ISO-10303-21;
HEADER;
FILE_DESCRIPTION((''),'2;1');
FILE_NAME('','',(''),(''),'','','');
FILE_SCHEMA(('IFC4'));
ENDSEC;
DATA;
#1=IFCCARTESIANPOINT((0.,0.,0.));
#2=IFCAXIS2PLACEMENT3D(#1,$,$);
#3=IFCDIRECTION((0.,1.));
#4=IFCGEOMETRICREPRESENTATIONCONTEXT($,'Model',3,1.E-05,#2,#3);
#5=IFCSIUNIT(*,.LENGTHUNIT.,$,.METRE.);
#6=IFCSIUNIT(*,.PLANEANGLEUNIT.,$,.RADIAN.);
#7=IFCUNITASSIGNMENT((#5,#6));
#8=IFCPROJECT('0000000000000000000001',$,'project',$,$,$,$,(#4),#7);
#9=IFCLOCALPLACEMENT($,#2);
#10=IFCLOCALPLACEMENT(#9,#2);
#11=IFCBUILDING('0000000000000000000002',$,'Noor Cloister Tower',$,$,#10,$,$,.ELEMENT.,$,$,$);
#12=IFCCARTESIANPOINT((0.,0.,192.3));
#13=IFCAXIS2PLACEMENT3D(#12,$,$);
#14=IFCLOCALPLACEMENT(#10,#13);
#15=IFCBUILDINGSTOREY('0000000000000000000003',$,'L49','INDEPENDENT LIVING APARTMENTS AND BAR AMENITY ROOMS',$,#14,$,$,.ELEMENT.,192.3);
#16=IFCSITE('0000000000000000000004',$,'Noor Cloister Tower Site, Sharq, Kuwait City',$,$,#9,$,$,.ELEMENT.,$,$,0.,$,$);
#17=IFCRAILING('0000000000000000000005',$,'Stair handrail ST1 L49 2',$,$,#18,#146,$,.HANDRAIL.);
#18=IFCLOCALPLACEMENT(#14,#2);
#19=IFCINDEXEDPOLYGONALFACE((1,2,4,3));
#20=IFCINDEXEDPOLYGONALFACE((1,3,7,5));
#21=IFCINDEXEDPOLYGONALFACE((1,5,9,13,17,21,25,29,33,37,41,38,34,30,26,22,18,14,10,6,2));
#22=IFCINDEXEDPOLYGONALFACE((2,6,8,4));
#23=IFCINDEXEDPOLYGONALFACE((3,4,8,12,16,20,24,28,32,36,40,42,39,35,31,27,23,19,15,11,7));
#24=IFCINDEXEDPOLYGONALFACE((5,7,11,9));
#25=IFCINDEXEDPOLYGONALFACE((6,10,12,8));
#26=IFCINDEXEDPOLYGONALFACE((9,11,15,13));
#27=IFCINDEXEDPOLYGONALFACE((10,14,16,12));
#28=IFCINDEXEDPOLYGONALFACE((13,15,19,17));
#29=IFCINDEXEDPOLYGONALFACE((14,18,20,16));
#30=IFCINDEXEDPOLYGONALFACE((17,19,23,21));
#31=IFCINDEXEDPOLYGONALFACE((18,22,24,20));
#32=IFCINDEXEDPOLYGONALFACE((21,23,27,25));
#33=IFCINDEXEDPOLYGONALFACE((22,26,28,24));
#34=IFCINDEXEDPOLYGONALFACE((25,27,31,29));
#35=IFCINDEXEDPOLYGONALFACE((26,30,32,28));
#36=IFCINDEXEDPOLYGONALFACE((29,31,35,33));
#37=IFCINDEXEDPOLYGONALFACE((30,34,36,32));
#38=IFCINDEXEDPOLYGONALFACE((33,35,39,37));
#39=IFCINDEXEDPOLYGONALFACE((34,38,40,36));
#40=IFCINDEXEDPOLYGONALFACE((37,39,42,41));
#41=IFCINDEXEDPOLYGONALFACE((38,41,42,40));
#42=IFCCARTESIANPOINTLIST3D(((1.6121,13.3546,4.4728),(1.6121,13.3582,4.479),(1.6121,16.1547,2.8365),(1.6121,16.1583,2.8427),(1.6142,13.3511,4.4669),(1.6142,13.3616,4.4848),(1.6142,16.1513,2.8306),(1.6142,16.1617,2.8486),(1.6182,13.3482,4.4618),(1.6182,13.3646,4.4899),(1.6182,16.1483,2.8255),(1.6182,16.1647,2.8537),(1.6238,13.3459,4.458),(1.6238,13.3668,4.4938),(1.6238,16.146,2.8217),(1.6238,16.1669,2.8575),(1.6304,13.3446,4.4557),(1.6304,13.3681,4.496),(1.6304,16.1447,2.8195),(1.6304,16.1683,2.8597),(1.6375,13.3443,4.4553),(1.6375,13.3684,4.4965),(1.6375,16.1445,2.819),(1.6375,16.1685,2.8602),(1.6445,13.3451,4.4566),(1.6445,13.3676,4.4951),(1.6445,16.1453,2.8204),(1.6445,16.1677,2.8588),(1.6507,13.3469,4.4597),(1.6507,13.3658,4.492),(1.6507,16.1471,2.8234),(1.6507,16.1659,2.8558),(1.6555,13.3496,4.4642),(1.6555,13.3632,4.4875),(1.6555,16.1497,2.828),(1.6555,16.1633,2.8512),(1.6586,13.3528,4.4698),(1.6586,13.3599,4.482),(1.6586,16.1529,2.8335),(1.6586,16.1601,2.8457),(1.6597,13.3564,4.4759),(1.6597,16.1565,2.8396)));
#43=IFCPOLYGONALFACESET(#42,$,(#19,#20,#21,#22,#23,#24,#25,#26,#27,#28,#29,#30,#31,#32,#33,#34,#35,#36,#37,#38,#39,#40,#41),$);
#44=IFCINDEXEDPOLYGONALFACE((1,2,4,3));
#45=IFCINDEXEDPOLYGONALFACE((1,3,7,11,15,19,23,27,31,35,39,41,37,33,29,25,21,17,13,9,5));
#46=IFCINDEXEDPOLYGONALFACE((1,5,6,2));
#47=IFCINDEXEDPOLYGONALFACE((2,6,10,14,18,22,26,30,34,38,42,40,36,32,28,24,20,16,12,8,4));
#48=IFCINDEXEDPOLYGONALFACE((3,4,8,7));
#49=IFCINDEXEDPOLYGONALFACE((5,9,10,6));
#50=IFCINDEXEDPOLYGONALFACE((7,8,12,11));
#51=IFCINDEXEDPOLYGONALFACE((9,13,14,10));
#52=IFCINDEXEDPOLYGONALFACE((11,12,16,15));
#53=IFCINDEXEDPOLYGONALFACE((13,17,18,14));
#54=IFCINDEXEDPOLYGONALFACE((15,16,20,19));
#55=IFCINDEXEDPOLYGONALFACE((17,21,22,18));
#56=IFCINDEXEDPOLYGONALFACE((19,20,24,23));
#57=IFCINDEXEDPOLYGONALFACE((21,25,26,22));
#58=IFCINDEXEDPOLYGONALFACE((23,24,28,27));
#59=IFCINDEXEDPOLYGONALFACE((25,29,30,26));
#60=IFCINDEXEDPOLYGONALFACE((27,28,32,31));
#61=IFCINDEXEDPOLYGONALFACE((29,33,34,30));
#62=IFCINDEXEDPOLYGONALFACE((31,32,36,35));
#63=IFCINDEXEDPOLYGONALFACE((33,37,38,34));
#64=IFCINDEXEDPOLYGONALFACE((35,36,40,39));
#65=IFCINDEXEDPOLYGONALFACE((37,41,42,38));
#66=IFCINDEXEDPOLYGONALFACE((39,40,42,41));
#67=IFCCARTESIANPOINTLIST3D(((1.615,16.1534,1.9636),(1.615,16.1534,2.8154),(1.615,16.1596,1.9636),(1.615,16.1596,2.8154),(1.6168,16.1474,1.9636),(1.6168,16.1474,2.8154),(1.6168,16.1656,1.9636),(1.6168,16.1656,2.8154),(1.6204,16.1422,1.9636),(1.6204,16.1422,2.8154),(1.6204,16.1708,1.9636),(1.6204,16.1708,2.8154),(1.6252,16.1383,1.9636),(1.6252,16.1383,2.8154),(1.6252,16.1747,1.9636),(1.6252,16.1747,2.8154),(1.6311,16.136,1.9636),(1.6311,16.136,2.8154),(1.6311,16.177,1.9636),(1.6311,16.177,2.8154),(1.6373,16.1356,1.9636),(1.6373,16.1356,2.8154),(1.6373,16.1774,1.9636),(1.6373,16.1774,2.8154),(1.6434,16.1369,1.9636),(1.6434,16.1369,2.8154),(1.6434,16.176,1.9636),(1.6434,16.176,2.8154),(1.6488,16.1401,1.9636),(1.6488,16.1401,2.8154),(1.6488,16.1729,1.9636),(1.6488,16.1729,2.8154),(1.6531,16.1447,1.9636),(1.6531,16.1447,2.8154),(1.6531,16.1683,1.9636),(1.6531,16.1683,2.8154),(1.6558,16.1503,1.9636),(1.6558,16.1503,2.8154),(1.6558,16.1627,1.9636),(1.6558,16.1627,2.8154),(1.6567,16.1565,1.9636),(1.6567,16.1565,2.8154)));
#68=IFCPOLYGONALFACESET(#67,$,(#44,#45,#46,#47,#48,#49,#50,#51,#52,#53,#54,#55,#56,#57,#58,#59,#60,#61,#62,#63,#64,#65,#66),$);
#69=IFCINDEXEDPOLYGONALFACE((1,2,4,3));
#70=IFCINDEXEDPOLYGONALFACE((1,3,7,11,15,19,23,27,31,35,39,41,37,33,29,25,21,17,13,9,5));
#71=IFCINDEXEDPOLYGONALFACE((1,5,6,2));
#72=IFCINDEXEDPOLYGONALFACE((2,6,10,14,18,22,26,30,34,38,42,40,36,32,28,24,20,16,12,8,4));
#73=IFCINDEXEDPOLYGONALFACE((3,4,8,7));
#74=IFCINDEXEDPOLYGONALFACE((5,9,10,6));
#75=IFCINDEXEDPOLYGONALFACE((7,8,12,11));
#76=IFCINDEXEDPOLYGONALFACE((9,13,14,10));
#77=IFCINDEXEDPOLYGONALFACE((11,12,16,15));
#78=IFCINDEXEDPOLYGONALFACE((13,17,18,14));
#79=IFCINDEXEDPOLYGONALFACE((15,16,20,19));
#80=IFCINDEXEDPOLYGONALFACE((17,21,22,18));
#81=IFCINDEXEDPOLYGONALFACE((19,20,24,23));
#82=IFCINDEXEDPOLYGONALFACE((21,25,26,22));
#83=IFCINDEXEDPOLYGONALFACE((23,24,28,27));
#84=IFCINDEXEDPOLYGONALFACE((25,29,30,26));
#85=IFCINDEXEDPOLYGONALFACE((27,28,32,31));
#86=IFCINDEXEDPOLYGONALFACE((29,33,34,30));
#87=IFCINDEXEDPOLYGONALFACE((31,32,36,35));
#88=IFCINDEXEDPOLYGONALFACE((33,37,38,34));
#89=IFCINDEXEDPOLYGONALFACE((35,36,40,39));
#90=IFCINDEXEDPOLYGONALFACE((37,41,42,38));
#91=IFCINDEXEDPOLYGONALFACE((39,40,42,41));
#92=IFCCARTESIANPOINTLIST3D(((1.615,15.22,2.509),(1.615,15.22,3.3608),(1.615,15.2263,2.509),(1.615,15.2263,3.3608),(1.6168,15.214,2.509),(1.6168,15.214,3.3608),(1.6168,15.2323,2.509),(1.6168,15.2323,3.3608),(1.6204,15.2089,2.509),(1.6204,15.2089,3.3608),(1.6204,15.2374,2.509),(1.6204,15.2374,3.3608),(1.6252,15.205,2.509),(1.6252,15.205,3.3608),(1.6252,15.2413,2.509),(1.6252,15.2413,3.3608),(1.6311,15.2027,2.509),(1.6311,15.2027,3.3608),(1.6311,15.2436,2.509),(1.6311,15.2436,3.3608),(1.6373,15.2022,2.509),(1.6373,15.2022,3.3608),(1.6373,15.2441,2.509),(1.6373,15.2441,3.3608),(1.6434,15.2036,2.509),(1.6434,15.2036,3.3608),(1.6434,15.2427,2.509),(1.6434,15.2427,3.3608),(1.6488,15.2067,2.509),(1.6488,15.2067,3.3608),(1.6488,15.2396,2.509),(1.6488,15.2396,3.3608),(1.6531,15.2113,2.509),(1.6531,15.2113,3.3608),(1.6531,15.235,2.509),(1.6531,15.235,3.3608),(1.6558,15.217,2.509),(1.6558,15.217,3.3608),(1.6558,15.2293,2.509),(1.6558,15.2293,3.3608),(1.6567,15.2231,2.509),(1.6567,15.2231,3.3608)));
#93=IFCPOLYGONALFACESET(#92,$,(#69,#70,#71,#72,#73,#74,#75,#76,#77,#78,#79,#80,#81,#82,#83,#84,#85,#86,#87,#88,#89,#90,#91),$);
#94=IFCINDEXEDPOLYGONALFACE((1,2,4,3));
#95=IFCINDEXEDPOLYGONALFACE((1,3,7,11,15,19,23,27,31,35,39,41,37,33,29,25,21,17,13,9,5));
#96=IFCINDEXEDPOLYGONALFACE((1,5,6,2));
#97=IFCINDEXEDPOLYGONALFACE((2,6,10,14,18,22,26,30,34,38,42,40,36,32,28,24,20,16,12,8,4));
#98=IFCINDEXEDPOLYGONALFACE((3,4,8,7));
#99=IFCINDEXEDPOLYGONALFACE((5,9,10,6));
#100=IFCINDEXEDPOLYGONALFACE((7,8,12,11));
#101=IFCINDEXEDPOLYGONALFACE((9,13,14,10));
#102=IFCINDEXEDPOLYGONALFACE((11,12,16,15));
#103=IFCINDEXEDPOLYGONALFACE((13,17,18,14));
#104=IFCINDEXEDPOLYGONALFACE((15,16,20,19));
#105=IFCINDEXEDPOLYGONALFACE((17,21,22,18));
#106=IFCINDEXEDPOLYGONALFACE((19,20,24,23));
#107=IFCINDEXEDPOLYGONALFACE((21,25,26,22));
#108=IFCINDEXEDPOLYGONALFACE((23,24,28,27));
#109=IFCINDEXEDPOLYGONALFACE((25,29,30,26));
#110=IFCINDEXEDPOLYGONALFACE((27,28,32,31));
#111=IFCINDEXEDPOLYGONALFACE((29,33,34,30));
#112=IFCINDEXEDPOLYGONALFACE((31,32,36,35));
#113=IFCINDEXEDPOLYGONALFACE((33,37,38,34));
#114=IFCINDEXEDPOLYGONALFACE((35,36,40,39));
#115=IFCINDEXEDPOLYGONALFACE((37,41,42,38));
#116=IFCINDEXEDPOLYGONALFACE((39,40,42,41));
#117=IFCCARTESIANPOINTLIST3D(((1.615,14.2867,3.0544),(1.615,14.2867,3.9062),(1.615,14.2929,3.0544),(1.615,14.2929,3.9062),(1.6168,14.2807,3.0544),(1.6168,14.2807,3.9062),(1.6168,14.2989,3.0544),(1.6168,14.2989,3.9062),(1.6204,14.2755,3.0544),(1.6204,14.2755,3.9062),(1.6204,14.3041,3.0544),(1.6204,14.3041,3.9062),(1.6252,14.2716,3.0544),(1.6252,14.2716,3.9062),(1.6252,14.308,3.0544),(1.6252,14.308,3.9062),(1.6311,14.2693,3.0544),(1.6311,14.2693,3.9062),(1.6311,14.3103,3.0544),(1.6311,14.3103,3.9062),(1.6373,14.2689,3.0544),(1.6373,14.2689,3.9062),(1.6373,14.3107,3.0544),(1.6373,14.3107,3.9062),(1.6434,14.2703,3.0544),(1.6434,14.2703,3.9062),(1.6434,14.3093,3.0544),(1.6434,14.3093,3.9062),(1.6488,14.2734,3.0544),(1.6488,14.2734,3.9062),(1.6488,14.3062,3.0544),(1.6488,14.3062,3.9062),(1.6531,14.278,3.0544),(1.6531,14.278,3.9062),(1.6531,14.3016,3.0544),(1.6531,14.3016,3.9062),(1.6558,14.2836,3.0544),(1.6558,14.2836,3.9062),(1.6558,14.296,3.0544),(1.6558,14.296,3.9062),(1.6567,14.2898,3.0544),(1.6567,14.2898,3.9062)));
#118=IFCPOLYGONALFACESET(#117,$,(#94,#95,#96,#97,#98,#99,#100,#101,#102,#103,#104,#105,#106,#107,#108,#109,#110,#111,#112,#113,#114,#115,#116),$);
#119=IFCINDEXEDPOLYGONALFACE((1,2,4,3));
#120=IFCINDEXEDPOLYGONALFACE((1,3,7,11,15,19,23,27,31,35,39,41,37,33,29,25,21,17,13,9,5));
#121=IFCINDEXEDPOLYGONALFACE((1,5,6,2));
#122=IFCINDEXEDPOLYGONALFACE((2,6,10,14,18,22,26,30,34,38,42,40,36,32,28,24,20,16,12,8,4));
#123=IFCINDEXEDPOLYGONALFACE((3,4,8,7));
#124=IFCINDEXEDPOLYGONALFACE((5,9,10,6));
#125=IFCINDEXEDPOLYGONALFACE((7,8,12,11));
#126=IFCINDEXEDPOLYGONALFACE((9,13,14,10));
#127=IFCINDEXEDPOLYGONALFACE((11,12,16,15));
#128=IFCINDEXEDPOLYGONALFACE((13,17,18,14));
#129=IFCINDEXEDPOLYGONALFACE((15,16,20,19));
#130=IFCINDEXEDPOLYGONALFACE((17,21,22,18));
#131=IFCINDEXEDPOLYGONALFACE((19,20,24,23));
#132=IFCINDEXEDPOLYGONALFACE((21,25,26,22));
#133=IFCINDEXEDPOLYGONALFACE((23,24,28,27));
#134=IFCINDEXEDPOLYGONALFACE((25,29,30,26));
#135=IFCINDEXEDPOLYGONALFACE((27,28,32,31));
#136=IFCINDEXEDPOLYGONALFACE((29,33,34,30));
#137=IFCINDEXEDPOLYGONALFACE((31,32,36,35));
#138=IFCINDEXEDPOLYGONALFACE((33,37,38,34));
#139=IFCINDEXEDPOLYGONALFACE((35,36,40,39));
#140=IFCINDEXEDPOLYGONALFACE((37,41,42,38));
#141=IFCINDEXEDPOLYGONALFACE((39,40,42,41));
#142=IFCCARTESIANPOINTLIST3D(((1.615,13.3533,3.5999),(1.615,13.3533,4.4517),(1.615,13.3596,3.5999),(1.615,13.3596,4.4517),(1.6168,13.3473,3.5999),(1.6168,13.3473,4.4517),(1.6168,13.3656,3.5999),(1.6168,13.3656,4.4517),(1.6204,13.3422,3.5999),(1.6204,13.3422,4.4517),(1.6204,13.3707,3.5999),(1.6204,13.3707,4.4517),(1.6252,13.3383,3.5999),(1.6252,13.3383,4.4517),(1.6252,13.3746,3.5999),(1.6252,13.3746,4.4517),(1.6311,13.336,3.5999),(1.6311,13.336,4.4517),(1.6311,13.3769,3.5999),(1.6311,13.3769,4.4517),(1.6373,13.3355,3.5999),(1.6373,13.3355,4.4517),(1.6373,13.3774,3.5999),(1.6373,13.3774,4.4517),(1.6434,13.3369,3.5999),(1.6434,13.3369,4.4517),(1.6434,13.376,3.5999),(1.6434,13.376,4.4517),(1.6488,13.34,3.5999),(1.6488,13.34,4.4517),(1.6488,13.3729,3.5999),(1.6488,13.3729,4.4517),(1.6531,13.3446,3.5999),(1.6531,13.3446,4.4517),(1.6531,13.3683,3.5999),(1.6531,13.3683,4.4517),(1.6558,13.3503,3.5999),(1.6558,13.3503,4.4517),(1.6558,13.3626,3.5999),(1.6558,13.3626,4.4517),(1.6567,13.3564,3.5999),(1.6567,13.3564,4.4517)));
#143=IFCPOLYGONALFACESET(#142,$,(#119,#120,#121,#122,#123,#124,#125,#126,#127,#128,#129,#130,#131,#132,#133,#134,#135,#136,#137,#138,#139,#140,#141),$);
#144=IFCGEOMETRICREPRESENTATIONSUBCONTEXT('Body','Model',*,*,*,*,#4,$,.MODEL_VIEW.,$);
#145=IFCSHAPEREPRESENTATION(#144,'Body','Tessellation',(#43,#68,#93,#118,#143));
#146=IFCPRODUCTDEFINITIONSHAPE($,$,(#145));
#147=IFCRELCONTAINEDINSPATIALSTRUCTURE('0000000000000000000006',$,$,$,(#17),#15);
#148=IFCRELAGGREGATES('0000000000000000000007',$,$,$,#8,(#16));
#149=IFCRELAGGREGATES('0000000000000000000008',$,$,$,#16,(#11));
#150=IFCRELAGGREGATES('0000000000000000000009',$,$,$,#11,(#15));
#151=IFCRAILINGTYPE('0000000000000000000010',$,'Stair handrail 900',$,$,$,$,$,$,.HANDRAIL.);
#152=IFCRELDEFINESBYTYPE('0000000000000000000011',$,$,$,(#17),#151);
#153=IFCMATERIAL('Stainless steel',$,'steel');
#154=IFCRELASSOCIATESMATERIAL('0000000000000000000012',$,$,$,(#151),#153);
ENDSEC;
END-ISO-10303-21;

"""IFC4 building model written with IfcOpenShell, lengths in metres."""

from ifc_helpers import new_model, si_unit, direction, frame, origin, origin_2d, place, context, subcontext, project, spatial, circle, extrude, material, type_object, element, save


model = new_model("IFC4")

# Units and contexts
model_context = context("Model", 3, precision=1e-05, world=origin(), true_north=direction((0.0, 1.0)))
body_context = subcontext(model_context, "Body", "Model", "MODEL_VIEW")
ifc_project = project(units=[si_unit("LENGTHUNIT", "METRE"), si_unit("PLANEANGLEUNIT", "RADIAN")], contexts=[model_context])

# Site, building, storey
site_placement = place(None, origin())
site = spatial("IfcSite", under=ifc_project, at=site_placement, Name="Noor Cloister Tower Site, Sharq, Kuwait City", CompositionType="ELEMENT", RefElevation=0.0)
building_placement = place(site_placement, origin())
building = spatial("IfcBuilding", under=site, at=building_placement, Name="Noor Cloister Tower", CompositionType="ELEMENT")
storey_placement = place(building_placement, frame((0.0, 0.0, 192.3)))
storey = spatial("IfcBuildingStorey", under=building, at=storey_placement, Name="L49", Description="INDEPENDENT LIVING APARTMENTS AND BAR AMENITY ROOMS", CompositionType="ELEMENT", Elevation=192.3)

# Railing
ifc_material_1 = material(Name="Stainless steel", Category="steel")
railing_type_1 = type_object("IfcRailingType", Name="Stair handrail 900", PredefinedType="HANDRAIL", material=ifc_material_1)
railing_1_placement = place(storey_placement, frame((1.6357, 16.1565, 1.9636)))
element("IfcRailing", 1, at=railing_1_placement, inside=storey, type_object=railing_type_1, Name="Stair handrail ST1 L49 2", PredefinedType="HANDRAIL", context=body_context, shape_type="SweptSolid", body=[
    extrude(circle(Radius=0.0239, at=origin_2d()), frame((0.0, 0.0, 0.876), z_axis=(0.0, -0.863394, 0.504531), x_axis=(1.0, 0.0, 0.0)), (0.0, 0.0, 1.0), 3.2432),
    extrude(circle(Radius=0.021, at=origin_2d()), origin(), (0.0, 0.0, 1.0), 0.8518),
    extrude(circle(Radius=0.021, at=origin_2d()), frame((0.0, -0.9333, 0.5454)), (0.0, 0.0, 1.0), 0.8518),
    extrude(circle(Radius=0.021, at=origin_2d()), frame((0.0, -1.8667, 1.0908)), (0.0, 0.0, 1.0), 0.8518),
    extrude(circle(Radius=0.021, at=origin_2d()), frame((0.0, -2.8, 1.6362)), (0.0, 0.0, 1.0), 0.8518),
])

save(model, "model.ifc")
